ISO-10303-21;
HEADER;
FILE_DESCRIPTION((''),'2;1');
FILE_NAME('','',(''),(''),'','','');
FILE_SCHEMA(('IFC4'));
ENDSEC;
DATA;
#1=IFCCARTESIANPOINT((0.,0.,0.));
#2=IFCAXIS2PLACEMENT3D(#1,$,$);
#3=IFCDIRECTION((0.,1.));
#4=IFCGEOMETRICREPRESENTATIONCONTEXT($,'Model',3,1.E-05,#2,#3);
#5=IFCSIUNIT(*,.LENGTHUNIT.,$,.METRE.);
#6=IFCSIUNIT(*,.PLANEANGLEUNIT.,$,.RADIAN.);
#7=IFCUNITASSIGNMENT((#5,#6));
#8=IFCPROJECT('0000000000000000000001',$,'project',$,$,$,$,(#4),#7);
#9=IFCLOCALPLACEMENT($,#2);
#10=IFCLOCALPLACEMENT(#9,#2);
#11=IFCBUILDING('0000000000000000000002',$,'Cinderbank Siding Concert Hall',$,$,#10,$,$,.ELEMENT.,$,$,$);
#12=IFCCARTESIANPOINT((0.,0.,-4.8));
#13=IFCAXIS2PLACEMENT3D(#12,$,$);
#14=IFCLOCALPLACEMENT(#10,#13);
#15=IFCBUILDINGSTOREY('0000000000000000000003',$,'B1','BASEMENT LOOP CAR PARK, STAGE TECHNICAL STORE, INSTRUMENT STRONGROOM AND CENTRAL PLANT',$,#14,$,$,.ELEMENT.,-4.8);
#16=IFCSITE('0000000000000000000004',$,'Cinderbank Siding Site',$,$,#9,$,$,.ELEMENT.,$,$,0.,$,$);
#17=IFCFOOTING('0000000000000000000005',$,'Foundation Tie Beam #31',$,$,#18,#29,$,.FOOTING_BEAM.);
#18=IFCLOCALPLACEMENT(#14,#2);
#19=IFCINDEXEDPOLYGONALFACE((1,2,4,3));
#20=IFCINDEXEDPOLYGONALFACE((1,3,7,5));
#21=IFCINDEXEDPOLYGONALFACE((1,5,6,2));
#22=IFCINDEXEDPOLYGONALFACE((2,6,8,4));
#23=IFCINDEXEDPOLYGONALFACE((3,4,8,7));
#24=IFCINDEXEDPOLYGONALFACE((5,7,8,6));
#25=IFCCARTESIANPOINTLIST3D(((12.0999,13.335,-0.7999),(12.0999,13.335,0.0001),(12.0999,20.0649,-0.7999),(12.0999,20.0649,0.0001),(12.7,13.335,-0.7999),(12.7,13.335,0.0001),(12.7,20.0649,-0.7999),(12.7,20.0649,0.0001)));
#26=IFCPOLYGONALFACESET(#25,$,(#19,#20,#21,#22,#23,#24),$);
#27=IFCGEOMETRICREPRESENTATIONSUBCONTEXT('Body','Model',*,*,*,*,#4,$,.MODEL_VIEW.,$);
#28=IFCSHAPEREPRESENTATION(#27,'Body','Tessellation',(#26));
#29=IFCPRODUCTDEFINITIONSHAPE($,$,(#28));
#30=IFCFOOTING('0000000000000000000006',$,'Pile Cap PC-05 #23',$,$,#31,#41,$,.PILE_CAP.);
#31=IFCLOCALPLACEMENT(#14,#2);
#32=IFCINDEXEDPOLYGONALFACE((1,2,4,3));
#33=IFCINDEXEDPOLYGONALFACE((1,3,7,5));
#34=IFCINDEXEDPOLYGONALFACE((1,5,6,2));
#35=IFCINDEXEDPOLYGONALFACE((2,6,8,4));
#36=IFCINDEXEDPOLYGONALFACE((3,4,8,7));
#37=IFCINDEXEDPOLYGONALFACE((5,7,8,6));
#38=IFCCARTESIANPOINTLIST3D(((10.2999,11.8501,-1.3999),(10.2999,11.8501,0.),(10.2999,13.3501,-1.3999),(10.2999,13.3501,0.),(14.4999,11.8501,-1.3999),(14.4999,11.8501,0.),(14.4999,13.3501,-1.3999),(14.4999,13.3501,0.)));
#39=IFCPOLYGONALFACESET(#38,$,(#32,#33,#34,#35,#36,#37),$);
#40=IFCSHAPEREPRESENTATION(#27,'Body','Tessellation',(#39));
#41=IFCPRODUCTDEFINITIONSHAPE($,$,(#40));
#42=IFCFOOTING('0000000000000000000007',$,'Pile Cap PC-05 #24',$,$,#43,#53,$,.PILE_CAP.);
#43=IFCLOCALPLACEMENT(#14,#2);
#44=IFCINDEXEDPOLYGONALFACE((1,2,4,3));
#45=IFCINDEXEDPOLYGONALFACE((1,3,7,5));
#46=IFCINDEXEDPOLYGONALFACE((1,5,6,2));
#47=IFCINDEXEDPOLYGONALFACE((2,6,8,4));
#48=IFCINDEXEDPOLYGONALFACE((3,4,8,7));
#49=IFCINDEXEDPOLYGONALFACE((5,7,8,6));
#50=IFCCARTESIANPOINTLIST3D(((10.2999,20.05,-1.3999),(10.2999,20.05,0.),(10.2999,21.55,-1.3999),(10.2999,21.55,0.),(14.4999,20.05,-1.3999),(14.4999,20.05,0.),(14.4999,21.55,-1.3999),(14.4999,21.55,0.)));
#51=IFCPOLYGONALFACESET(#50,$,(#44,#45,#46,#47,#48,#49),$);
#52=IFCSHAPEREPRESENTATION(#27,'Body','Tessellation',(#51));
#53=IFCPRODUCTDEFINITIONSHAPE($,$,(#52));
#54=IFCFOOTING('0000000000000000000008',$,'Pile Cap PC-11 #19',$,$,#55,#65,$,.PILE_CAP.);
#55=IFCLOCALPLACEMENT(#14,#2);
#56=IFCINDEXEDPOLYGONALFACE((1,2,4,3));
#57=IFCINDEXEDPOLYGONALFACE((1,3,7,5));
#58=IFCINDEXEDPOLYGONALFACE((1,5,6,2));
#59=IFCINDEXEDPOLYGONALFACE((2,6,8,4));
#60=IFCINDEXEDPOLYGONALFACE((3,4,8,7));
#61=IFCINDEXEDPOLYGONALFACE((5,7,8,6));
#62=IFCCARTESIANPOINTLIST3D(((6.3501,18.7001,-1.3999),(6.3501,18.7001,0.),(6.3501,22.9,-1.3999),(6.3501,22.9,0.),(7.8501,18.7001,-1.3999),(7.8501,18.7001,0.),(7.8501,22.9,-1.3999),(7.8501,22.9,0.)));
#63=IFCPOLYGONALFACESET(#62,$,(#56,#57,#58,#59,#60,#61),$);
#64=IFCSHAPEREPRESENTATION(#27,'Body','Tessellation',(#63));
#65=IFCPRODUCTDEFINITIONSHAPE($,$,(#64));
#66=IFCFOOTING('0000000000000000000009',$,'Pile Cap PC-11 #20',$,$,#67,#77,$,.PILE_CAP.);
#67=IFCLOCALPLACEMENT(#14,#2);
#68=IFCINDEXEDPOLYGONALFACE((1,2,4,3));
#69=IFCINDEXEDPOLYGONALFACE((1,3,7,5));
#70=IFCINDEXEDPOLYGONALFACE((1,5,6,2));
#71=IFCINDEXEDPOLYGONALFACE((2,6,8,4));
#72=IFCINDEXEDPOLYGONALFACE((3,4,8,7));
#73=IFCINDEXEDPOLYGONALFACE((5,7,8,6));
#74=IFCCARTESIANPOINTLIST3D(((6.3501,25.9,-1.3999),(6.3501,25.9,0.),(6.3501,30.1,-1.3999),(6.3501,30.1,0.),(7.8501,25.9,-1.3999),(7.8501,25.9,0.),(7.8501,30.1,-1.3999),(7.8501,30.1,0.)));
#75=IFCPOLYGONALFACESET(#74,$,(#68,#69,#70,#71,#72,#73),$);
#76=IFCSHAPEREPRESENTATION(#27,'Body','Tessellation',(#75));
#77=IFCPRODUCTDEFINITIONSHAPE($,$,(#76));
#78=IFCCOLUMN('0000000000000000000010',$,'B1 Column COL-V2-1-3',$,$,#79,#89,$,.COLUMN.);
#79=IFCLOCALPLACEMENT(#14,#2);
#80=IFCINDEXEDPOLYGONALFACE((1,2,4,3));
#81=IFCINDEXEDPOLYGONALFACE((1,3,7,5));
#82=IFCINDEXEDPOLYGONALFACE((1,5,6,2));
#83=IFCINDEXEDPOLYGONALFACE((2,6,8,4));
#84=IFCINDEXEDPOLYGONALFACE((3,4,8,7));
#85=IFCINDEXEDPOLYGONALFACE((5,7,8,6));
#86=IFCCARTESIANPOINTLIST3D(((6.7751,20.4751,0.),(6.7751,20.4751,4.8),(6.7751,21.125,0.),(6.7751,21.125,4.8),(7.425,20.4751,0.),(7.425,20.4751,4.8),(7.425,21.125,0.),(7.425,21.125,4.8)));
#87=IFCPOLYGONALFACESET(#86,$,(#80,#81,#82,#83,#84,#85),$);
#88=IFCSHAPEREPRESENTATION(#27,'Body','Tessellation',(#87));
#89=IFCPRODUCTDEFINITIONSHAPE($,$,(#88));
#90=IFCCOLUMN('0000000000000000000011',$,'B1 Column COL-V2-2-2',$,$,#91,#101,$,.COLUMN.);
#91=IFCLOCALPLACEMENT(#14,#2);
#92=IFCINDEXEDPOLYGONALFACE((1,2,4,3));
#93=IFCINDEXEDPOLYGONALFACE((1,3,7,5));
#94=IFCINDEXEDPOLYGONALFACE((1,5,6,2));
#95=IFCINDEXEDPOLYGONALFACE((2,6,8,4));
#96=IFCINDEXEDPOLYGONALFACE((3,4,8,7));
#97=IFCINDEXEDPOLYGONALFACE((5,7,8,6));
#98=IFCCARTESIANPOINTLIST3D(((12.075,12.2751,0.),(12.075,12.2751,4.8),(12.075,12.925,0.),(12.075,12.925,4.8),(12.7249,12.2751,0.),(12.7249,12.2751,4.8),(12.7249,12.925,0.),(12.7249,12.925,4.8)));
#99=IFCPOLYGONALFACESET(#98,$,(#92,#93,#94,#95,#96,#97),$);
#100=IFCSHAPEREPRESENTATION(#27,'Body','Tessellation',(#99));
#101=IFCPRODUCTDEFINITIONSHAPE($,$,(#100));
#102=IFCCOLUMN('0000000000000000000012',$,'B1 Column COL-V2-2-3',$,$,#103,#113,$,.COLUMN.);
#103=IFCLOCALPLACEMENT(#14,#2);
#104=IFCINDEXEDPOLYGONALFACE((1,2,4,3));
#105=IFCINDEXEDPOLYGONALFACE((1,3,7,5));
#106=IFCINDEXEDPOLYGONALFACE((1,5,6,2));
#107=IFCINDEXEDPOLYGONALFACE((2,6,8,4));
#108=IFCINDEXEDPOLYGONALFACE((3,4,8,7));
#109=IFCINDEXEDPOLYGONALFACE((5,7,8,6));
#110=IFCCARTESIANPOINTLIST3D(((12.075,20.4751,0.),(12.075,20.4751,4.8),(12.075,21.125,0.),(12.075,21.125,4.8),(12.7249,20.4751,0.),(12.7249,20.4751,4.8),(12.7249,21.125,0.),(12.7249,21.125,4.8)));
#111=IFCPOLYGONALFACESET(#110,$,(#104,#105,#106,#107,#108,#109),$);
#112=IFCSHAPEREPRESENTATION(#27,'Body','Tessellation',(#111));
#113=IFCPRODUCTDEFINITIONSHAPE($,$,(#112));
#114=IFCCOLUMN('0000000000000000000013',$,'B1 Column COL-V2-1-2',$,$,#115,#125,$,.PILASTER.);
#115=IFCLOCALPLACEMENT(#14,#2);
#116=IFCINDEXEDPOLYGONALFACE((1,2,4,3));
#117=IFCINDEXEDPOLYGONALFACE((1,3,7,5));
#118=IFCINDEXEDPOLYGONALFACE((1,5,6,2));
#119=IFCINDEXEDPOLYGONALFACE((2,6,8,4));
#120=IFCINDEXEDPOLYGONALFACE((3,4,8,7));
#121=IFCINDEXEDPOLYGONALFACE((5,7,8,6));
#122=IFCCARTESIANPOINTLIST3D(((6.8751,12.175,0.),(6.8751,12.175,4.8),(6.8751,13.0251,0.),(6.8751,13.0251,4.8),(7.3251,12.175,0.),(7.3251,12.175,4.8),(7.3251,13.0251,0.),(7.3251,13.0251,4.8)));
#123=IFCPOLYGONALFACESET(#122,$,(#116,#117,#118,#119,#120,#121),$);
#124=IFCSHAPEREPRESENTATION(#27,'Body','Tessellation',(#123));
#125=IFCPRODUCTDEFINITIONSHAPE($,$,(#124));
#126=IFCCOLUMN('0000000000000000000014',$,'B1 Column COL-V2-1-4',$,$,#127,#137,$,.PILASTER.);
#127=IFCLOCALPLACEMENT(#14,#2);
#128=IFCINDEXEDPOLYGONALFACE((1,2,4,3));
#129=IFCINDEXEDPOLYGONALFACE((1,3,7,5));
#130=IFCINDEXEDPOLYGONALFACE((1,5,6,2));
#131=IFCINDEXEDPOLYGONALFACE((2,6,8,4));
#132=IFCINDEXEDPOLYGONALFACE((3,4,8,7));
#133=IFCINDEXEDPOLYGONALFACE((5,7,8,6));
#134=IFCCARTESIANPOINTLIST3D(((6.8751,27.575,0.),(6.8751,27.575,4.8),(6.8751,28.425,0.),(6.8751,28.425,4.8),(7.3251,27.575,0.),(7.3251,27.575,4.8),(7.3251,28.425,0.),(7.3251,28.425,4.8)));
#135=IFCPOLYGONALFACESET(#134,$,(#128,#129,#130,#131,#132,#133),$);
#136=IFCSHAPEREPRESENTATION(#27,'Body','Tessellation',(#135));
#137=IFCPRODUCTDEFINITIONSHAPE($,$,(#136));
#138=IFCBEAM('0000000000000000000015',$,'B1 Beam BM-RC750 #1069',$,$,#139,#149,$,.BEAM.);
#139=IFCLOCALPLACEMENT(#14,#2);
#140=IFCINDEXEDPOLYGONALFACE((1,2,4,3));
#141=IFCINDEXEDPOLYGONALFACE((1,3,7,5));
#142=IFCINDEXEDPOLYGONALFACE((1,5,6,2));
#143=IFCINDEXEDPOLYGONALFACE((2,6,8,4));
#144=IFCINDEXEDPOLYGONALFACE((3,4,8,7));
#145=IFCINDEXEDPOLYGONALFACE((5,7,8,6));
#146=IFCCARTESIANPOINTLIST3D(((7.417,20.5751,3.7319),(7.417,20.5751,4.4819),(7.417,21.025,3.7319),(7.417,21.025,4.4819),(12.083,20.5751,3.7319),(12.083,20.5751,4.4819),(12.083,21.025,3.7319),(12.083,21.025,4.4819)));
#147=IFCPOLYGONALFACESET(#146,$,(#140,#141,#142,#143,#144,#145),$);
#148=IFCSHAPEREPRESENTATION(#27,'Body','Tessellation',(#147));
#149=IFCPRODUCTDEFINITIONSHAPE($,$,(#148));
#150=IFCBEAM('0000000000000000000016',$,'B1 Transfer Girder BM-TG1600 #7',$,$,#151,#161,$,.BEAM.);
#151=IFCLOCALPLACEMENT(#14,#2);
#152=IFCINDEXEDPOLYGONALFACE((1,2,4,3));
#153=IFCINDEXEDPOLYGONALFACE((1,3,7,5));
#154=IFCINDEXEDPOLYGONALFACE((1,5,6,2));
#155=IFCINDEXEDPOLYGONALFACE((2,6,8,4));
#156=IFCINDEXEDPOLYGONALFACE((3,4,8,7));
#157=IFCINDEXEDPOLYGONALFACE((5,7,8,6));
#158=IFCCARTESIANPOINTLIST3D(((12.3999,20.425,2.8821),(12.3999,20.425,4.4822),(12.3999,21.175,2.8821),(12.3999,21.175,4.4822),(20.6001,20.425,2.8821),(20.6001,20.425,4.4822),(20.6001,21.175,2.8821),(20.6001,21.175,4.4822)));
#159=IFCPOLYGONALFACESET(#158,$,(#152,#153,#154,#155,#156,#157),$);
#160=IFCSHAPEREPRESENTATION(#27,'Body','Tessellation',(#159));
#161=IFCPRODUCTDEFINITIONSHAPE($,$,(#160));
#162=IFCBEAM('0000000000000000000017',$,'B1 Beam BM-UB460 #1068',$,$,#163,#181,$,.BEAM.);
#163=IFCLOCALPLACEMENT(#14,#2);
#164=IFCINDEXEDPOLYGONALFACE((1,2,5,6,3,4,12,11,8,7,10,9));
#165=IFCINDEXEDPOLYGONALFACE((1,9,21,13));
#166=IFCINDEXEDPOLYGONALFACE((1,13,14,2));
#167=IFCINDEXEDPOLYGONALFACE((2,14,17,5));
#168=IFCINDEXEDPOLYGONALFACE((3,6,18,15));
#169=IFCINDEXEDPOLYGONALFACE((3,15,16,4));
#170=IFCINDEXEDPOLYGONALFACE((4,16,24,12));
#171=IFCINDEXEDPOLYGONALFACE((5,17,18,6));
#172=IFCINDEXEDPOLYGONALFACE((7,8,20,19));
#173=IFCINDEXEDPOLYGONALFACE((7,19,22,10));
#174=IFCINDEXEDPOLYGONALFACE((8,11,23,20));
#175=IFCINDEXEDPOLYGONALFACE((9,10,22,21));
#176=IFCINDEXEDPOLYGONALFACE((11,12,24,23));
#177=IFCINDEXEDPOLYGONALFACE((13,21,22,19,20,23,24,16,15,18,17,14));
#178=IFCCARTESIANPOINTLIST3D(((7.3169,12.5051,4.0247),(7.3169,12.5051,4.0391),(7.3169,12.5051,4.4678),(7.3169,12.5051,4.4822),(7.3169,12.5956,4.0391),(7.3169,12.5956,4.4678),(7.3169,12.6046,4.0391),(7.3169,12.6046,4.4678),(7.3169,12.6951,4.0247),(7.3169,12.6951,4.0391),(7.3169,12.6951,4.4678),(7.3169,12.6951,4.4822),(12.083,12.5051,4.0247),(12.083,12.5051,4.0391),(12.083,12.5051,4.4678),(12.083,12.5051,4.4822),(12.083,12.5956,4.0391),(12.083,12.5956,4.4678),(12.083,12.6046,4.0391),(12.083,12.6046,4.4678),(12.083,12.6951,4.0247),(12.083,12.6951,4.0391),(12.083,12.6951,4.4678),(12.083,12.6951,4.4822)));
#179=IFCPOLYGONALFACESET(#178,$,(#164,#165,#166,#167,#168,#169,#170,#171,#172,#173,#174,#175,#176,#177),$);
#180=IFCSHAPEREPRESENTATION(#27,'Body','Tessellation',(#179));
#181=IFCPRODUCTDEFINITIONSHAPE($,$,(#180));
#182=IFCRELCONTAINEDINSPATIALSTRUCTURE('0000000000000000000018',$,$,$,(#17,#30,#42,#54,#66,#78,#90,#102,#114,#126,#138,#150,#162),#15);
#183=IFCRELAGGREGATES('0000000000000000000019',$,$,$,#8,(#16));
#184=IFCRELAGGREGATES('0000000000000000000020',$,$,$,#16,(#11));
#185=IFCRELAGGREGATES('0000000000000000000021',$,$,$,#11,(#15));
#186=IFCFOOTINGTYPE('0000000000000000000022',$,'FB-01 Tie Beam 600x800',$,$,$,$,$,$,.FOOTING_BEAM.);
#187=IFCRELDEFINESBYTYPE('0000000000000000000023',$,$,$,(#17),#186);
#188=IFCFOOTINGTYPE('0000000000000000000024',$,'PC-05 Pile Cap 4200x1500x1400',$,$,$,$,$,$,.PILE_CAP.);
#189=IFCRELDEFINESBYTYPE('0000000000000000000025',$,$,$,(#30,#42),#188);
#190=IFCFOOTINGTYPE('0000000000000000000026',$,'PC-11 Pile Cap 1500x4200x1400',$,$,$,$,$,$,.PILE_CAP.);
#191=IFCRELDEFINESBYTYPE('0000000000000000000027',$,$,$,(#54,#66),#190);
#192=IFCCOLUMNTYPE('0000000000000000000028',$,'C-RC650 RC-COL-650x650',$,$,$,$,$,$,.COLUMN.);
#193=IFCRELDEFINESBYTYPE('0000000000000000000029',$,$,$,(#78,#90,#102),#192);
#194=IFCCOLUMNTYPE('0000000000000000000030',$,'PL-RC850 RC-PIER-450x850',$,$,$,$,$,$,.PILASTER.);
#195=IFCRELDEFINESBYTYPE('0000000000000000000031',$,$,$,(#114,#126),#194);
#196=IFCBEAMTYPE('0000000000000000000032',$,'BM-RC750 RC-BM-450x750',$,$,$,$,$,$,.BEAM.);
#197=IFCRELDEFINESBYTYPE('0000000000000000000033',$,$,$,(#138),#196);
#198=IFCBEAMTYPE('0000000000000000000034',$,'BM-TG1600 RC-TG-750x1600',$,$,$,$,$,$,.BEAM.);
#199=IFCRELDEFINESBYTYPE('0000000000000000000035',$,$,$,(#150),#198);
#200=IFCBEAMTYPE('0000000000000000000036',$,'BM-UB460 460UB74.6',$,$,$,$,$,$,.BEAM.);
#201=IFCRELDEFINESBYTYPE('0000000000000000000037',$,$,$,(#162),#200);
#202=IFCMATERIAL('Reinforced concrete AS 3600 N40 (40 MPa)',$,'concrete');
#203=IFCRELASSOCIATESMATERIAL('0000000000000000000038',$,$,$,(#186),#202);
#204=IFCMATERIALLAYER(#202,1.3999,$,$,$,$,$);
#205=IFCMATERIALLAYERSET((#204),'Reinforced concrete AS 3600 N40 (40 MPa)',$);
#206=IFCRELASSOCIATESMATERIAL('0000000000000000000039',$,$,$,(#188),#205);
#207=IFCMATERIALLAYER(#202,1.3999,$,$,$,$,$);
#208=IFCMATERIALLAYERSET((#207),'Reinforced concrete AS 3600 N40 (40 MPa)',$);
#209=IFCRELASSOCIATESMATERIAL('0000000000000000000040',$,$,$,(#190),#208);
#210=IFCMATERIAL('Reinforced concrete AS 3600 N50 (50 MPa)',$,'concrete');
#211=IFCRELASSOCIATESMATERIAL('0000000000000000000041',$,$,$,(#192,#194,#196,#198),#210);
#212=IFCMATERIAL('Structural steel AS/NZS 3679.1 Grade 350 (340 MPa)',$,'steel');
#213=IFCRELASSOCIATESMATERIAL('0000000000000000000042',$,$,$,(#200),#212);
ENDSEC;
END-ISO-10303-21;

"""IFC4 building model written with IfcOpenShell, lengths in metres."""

from ifc_helpers import new_model, si_unit, direction, frame, origin, origin_2d, place, context, subcontext, project, spatial, rectangle, i_section, extrude, material, layer, layer_set, material_profile, profile_set, type_object, element, save


model = new_model("IFC4")

# Units and contexts
model_context = context("Model", 3, precision=1e-05, world=origin(), true_north=direction((0.0, 1.0)))
body_context = subcontext(model_context, "Body", "Model", "MODEL_VIEW")
ifc_project = project(units=[si_unit("LENGTHUNIT", "METRE"), si_unit("PLANEANGLEUNIT", "RADIAN")], contexts=[model_context])

# Site, building, storey
site_placement = place(None, origin())
site = spatial("IfcSite", under=ifc_project, at=site_placement, Name="Cinderbank Siding Site", CompositionType="ELEMENT", RefElevation=0.0)
building_placement = place(site_placement, origin())
building = spatial("IfcBuilding", under=site, at=building_placement, Name="Cinderbank Siding Concert Hall", CompositionType="ELEMENT")
storey_placement = place(building_placement, frame((0.0, 0.0, -4.8)))
storey = spatial("IfcBuildingStorey", under=building, at=storey_placement, Name="B1", Description="BASEMENT LOOP CAR PARK, STAGE TECHNICAL STORE, INSTRUMENT STRONGROOM AND CENTRAL PLANT", CompositionType="ELEMENT", Elevation=-4.8)

# Shared definitions
ifc_material_1 = material(Name="Reinforced concrete AS 3600 N40 (40 MPa)", Category="concrete")

# Footings
ifc_material_profile_1 = material_profile(ifc_material_1, rectangle(XDim=0.6001, YDim=0.8, at=origin_2d()), Name="RC-FB-600x800", Category="LoadBearing")
ifc_profile_set_1 = profile_set([ifc_material_profile_1], Name="Reinforced concrete AS 3600 N40 (40 MPa)")
footing_type_1 = type_object("IfcFootingType", Name="FB-01 Tie Beam 600x800", PredefinedType="FOOTING_BEAM", material=ifc_profile_set_1)
footing_1_placement = place(storey_placement, frame((12.3999, 13.335, -0.3999), z_axis=(0.0, 1.0, 0.0), x_axis=(-1.0, 0.0, 0.0)))
element("IfcFooting", 1, at=footing_1_placement, inside=storey, type_object=footing_type_1, Name="Foundation Tie Beam #31", PredefinedType="FOOTING_BEAM", context=body_context, shape_type="SweptSolid", body=[
    extrude(rectangle(XDim=0.6001, YDim=0.8, at=origin_2d()), origin(), (0.0, 0.0, 1.0), 6.73),
])
ifc_layer_1 = layer(ifc_material_1, 1.3999)
ifc_layer_set_1 = layer_set([ifc_layer_1], Name="Reinforced concrete AS 3600 N40 (40 MPa)")
footing_type_2 = type_object("IfcFootingType", Name="PC-05 Pile Cap 4200x1500x1400", PredefinedType="PILE_CAP", material=ifc_layer_set_1)
for number, where, z_axis, x_axis, name in (
    (2, (12.3999, 12.6001, -1.3999), (0.0, 0.0, 1.0), (1.0, 0.0, 0.0), "Pile Cap PC-05 #23"),
    (3, (12.3999, 20.8, -1.3999), (0.0, 0.0, 1.0), (1.0, 0.0, 0.0), "Pile Cap PC-05 #24"),
):
    element("IfcFooting", number, at=place(storey_placement, frame(where, z_axis=z_axis, x_axis=x_axis)), inside=storey, type_object=footing_type_2, Name=name, PredefinedType="PILE_CAP", context=body_context, shape_type="SweptSolid", body=[
        extrude(rectangle(XDim=4.2, YDim=1.5, at=origin_2d()), origin(), (0.0, 0.0, 1.0), 1.3999),
    ])
ifc_layer_2 = layer(ifc_material_1, 1.3999)
ifc_layer_set_2 = layer_set([ifc_layer_2], Name="Reinforced concrete AS 3600 N40 (40 MPa)")
footing_type_3 = type_object("IfcFootingType", Name="PC-11 Pile Cap 1500x4200x1400", PredefinedType="PILE_CAP", material=ifc_layer_set_2)
for number, where, z_axis, x_axis, name in (
    (4, (7.1001, 20.8, -1.3999), (0.0, 0.0, 1.0), (1.0, 0.0, 0.0), "Pile Cap PC-11 #19"),
    (5, (7.1001, 28.0, -1.3999), (0.0, 0.0, 1.0), (1.0, 0.0, 0.0), "Pile Cap PC-11 #20"),
):
    element("IfcFooting", number, at=place(storey_placement, frame(where, z_axis=z_axis, x_axis=x_axis)), inside=storey, type_object=footing_type_3, Name=name, PredefinedType="PILE_CAP", context=body_context, shape_type="SweptSolid", body=[
        extrude(rectangle(XDim=1.5, YDim=4.2, at=origin_2d()), origin(), (0.0, 0.0, 1.0), 1.3999),
    ])

# Columns
ifc_material_2 = material(Name="Reinforced concrete AS 3600 N50 (50 MPa)", Category="concrete")
ifc_material_profile_2 = material_profile(ifc_material_2, rectangle(XDim=0.6499, YDim=0.6499, at=origin_2d()), Name="RC-COL-650x650", Category="LoadBearing")
ifc_profile_set_2 = profile_set([ifc_material_profile_2], Name="Reinforced concrete AS 3600 N50 (50 MPa)")
column_type_1 = type_object("IfcColumnType", Name="C-RC650 RC-COL-650x650", PredefinedType="COLUMN", material=ifc_profile_set_2)
for number, where, z_axis, x_axis, name in (
    (6, (7.1001, 20.8, 0.0), (0.0, 0.0, 1.0), (1.0, 0.0, 0.0), "B1 Column COL-V2-1-3"),
    (7, (12.3999, 12.6001, 0.0), (0.0, 0.0, 1.0), (1.0, 0.0, 0.0), "B1 Column COL-V2-2-2"),
    (8, (12.3999, 20.8, 0.0), (0.0, 0.0, 1.0), (1.0, 0.0, 0.0), "B1 Column COL-V2-2-3"),
):
    element("IfcColumn", number, at=place(storey_placement, frame(where, z_axis=z_axis, x_axis=x_axis)), inside=storey, type_object=column_type_1, Name=name, PredefinedType="COLUMN", context=body_context, shape_type="SweptSolid", body=[
        extrude(rectangle(XDim=0.6499, YDim=0.6499, at=origin_2d()), origin(), (0.0, 0.0, 1.0), 4.8),
    ])
ifc_material_profile_3 = material_profile(ifc_material_2, rectangle(XDim=0.45, YDim=0.8501, at=origin_2d()), Name="RC-PIER-450x850", Category="LoadBearing")
ifc_profile_set_3 = profile_set([ifc_material_profile_3], Name="Reinforced concrete AS 3600 N50 (50 MPa)")
column_type_2 = type_object("IfcColumnType", Name="PL-RC850 RC-PIER-450x850", PredefinedType="PILASTER", material=ifc_profile_set_3)
for number, where, z_axis, x_axis, name in (
    (9, (7.1001, 12.6001, 0.0), (0.0, 0.0, 1.0), (1.0, 0.0, 0.0), "B1 Column COL-V2-1-2"),
    (10, (7.1001, 28.0, 0.0), (0.0, 0.0, 1.0), (1.0, 0.0, 0.0), "B1 Column COL-V2-1-4"),
):
    element("IfcColumn", number, at=place(storey_placement, frame(where, z_axis=z_axis, x_axis=x_axis)), inside=storey, type_object=column_type_2, Name=name, PredefinedType="PILASTER", context=body_context, shape_type="SweptSolid", body=[
        extrude(rectangle(XDim=0.45, YDim=0.8501, at=origin_2d()), origin(), (0.0, 0.0, 1.0), 4.8),
    ])

# Beams
ifc_material_profile_4 = material_profile(ifc_material_2, rectangle(XDim=0.45, YDim=0.75, at=origin_2d()), Name="RC-BM-450x750", Category="LoadBearing")
ifc_profile_set_4 = profile_set([ifc_material_profile_4], Name="Reinforced concrete AS 3600 N50 (50 MPa)")
beam_type_1 = type_object("IfcBeamType", Name="BM-RC750 RC-BM-450x750", PredefinedType="BEAM", material=ifc_profile_set_4)
beam_1_placement = place(storey_placement, frame((7.417, 20.8, 4.1069), z_axis=(1.0, 0.0, 0.0), x_axis=(0.0, 1.0, 0.0)))
element("IfcBeam", 11, at=beam_1_placement, inside=storey, type_object=beam_type_1, Name="B1 Beam BM-RC750 #1069", PredefinedType="BEAM", context=body_context, shape_type="SweptSolid", body=[
    extrude(rectangle(XDim=0.45, YDim=0.75, at=origin_2d()), origin(), (0.0, 0.0, 1.0), 4.666),
])
ifc_material_profile_5 = material_profile(ifc_material_2, rectangle(XDim=0.75, YDim=1.6001, at=origin_2d()), Name="RC-TG-750x1600", Category="LoadBearing")
ifc_profile_set_5 = profile_set([ifc_material_profile_5], Name="Reinforced concrete AS 3600 N50 (50 MPa)")
beam_type_2 = type_object("IfcBeamType", Name="BM-TG1600 RC-TG-750x1600", PredefinedType="BEAM", material=ifc_profile_set_5)
beam_2_placement = place(storey_placement, frame((12.3999, 20.8, 3.6821), z_axis=(1.0, 0.0, 0.0), x_axis=(0.0, 1.0, 0.0)))
element("IfcBeam", 12, at=beam_2_placement, inside=storey, type_object=beam_type_2, Name="B1 Transfer Girder BM-TG1600 #7", PredefinedType="BEAM", context=body_context, shape_type="SweptSolid", body=[
    extrude(rectangle(XDim=0.75, YDim=1.6001, at=origin_2d()), origin(), (0.0, 0.0, 1.0), 8.2002),
])
ifc_material_3 = material(Name="Structural steel AS/NZS 3679.1 Grade 350 (340 MPa)", Category="steel")
ifc_material_profile_6 = material_profile(ifc_material_3, i_section(OverallWidth=0.1899, OverallDepth=0.4575, WebThickness=0.009, FlangeThickness=0.0144, at=origin_2d()), Name="460UB74.6", Category="LoadBearing")
ifc_profile_set_6 = profile_set([ifc_material_profile_6], Name="Structural steel AS/NZS 3679.1 Grade 350 (340 MPa)")
beam_type_3 = type_object("IfcBeamType", Name="BM-UB460 460UB74.6", PredefinedType="BEAM", material=ifc_profile_set_6)
beam_3_placement = place(storey_placement, frame((7.3169, 12.6001, 4.2534), z_axis=(1.0, 0.0, 0.0), x_axis=(0.0, 1.0, 0.0)))
element("IfcBeam", 13, at=beam_3_placement, inside=storey, type_object=beam_type_3, Name="B1 Beam BM-UB460 #1068", PredefinedType="BEAM", context=body_context, shape_type="SweptSolid", body=[
    extrude(i_section(OverallWidth=0.1899, OverallDepth=0.4575, WebThickness=0.009, FlangeThickness=0.0144, at=origin_2d()), origin(), (0.0, 0.0, 1.0), 4.7661),
])

save(model, "model.ifc")
